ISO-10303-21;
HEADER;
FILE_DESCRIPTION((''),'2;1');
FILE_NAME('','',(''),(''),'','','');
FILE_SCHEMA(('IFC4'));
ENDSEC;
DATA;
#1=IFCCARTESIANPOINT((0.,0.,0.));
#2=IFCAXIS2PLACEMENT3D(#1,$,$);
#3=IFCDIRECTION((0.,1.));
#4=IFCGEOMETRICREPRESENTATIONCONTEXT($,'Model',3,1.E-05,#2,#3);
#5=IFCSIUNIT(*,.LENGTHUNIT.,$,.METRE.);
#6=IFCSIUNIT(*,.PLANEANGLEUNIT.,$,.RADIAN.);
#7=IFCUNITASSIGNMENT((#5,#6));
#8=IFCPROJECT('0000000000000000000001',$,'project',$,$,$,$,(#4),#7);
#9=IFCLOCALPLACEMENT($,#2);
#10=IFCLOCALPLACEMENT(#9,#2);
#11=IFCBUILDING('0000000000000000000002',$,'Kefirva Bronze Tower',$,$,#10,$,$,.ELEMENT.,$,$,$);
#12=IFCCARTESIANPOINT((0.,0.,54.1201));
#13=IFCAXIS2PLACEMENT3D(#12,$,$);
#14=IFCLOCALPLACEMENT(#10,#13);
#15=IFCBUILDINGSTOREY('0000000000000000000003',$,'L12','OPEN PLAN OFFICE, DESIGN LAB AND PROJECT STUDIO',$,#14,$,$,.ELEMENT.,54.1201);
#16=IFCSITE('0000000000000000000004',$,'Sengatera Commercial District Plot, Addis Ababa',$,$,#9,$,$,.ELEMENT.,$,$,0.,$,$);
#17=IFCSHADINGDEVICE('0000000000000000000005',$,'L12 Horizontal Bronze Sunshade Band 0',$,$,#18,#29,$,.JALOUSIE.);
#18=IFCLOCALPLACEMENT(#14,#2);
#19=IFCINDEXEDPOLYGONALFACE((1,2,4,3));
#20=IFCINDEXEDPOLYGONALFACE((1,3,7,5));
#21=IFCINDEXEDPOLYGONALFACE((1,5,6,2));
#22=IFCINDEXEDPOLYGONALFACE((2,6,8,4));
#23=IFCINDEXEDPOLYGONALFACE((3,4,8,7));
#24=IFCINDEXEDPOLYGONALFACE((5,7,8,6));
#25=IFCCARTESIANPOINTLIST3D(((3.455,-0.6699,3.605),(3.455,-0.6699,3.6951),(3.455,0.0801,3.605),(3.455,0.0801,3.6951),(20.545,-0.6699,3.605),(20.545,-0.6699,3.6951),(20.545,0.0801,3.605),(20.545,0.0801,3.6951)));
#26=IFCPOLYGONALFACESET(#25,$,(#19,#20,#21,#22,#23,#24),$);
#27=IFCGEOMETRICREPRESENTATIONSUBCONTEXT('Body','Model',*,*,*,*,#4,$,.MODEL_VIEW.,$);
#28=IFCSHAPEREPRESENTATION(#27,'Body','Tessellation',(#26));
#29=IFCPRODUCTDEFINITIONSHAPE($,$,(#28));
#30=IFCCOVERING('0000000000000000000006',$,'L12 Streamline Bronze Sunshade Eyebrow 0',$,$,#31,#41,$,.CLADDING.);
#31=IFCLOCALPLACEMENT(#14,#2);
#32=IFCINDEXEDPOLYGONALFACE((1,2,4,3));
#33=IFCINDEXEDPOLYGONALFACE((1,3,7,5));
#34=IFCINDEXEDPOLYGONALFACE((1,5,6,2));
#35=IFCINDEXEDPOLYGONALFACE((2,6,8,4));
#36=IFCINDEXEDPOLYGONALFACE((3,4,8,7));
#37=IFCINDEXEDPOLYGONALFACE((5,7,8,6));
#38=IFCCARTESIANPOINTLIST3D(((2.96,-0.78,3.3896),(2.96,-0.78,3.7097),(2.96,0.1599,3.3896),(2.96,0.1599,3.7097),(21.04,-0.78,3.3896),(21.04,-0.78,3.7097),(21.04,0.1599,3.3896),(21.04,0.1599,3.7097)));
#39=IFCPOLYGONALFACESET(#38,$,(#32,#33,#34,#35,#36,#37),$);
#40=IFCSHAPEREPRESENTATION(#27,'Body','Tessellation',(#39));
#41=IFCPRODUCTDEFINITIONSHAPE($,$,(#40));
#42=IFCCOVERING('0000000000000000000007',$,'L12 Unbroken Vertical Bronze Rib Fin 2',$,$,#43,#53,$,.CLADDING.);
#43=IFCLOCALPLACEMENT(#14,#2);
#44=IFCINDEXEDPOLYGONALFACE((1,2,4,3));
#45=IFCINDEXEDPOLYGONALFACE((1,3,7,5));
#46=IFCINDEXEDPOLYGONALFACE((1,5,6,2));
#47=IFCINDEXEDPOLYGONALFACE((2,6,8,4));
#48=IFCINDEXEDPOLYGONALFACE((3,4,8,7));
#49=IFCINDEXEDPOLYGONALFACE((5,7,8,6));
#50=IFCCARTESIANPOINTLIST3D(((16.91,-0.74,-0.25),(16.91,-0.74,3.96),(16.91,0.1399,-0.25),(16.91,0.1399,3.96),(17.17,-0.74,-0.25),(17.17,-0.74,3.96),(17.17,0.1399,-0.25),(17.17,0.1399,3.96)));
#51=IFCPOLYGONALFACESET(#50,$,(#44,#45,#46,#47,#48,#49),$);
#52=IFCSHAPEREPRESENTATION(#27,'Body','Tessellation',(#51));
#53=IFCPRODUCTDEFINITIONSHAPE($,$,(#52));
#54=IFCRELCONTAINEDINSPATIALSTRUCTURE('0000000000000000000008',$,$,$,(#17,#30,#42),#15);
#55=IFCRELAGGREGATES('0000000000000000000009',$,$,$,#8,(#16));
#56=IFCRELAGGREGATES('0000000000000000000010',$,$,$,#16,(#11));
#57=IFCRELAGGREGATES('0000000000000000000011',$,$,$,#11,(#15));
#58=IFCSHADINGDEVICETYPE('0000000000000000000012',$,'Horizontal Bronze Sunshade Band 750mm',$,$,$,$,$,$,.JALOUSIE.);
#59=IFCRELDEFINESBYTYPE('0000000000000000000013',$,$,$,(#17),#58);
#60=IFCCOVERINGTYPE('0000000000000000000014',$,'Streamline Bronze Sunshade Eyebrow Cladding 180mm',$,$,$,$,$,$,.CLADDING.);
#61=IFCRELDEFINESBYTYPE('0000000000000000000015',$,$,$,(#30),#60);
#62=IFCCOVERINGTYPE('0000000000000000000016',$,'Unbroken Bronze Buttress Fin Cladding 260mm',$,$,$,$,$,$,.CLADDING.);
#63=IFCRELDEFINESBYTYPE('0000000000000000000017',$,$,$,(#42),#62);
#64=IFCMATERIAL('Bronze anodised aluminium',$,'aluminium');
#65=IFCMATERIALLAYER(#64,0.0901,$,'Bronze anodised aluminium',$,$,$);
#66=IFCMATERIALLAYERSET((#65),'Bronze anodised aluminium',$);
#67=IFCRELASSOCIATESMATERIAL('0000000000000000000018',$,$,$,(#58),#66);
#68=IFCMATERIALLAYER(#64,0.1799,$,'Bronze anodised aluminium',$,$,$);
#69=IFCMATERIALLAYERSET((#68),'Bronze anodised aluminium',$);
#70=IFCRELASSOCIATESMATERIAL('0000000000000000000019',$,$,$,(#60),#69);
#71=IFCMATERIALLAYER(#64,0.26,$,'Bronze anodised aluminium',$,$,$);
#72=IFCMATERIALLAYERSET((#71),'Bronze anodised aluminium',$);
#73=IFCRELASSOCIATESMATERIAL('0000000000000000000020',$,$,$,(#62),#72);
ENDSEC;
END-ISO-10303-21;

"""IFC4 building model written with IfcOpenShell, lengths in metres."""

from ifc_helpers import new_model, si_unit, direction, frame, origin, origin_2d, place, context, subcontext, project, spatial, rectangle, extrude, material, layer, layer_set, type_object, element, save


model = new_model("IFC4")

# Units and contexts
model_context = context("Model", 3, precision=1e-05, world=origin(), true_north=direction((0.0, 1.0)))
body_context = subcontext(model_context, "Body", "Model", "MODEL_VIEW")
ifc_project = project(units=[si_unit("LENGTHUNIT", "METRE"), si_unit("PLANEANGLEUNIT", "RADIAN")], contexts=[model_context])

# Site, building, storey
site_placement = place(None, origin())
site = spatial("IfcSite", under=ifc_project, at=site_placement, Name="Sengatera Commercial District Plot, Addis Ababa", CompositionType="ELEMENT", RefElevation=0.0)
building_placement = place(site_placement, origin())
building = spatial("IfcBuilding", under=site, at=building_placement, Name="Kefirva Bronze Tower", CompositionType="ELEMENT")
storey_placement = place(building_placement, frame((0.0, 0.0, 54.1201)))
storey = spatial("IfcBuildingStorey", under=building, at=storey_placement, Name="L12", Description="OPEN PLAN OFFICE, DESIGN LAB AND PROJECT STUDIO", CompositionType="ELEMENT", Elevation=54.1201)

# Shared definitions
ifc_material_1 = material(Name="Bronze anodised aluminium", Category="aluminium")

# Shading device
ifc_layer_1 = layer(ifc_material_1, 0.0901, Name="Bronze anodised aluminium")
ifc_layer_set_1 = layer_set([ifc_layer_1], Name="Bronze anodised aluminium")
shading_device_type = type_object("IfcShadingDeviceType", Name="Horizontal Bronze Sunshade Band 750mm", PredefinedType="JALOUSIE", material=ifc_layer_set_1)
shading_device_placement = place(storey_placement, frame((12.0, -0.2949, 3.605), z_axis=(0.0, 0.0, 1.0), x_axis=(1.0, 0.0, 0.0)))
element("IfcShadingDevice", 1, at=shading_device_placement, inside=storey, type_object=shading_device_type, Name="L12 Horizontal Bronze Sunshade Band 0", PredefinedType="JALOUSIE", context=body_context, shape_type="SweptSolid", body=[
    extrude(rectangle(XDim=17.0901, YDim=0.75, at=origin_2d()), origin(), (0.0, 0.0, 1.0), 0.0901),
])

# Coverings
ifc_layer_2 = layer(ifc_material_1, 0.1799, Name="Bronze anodised aluminium")
ifc_layer_set_2 = layer_set([ifc_layer_2], Name="Bronze anodised aluminium")
covering_type_1 = type_object("IfcCoveringType", Name="Streamline Bronze Sunshade Eyebrow Cladding 180mm", PredefinedType="CLADDING", material=ifc_layer_set_2)
covering_1_placement = place(storey_placement, frame((12.0, -0.3101, 3.3896), z_axis=(0.0, 0.0, 1.0), x_axis=(1.0, 0.0, 0.0)))
element("IfcCovering", 2, at=covering_1_placement, inside=storey, type_object=covering_type_1, Name="L12 Streamline Bronze Sunshade Eyebrow 0", PredefinedType="CLADDING", context=body_context, shape_type="SweptSolid", body=[
    extrude(rectangle(XDim=18.0801, YDim=0.9399, at=origin_2d()), origin(), (0.0, 0.0, 1.0), 0.3201),
])
ifc_layer_3 = layer(ifc_material_1, 0.26, Name="Bronze anodised aluminium")
ifc_layer_set_3 = layer_set([ifc_layer_3], Name="Bronze anodised aluminium")
covering_type_2 = type_object("IfcCoveringType", Name="Unbroken Bronze Buttress Fin Cladding 260mm", PredefinedType="CLADDING", material=ifc_layer_set_3)
covering_2_placement = place(storey_placement, frame((17.04, -0.3, -0.25), z_axis=(0.0, 0.0, 1.0), x_axis=(1.0, 0.0, 0.0)))
element("IfcCovering", 3, at=covering_2_placement, inside=storey, type_object=covering_type_2, Name="L12 Unbroken Vertical Bronze Rib Fin 2", PredefinedType="CLADDING", context=body_context, shape_type="SweptSolid", body=[
    extrude(rectangle(XDim=0.26, YDim=0.8799, at=origin_2d()), origin(), (0.0, 0.0, 1.0), 4.21),
])

save(model, "model.ifc")
